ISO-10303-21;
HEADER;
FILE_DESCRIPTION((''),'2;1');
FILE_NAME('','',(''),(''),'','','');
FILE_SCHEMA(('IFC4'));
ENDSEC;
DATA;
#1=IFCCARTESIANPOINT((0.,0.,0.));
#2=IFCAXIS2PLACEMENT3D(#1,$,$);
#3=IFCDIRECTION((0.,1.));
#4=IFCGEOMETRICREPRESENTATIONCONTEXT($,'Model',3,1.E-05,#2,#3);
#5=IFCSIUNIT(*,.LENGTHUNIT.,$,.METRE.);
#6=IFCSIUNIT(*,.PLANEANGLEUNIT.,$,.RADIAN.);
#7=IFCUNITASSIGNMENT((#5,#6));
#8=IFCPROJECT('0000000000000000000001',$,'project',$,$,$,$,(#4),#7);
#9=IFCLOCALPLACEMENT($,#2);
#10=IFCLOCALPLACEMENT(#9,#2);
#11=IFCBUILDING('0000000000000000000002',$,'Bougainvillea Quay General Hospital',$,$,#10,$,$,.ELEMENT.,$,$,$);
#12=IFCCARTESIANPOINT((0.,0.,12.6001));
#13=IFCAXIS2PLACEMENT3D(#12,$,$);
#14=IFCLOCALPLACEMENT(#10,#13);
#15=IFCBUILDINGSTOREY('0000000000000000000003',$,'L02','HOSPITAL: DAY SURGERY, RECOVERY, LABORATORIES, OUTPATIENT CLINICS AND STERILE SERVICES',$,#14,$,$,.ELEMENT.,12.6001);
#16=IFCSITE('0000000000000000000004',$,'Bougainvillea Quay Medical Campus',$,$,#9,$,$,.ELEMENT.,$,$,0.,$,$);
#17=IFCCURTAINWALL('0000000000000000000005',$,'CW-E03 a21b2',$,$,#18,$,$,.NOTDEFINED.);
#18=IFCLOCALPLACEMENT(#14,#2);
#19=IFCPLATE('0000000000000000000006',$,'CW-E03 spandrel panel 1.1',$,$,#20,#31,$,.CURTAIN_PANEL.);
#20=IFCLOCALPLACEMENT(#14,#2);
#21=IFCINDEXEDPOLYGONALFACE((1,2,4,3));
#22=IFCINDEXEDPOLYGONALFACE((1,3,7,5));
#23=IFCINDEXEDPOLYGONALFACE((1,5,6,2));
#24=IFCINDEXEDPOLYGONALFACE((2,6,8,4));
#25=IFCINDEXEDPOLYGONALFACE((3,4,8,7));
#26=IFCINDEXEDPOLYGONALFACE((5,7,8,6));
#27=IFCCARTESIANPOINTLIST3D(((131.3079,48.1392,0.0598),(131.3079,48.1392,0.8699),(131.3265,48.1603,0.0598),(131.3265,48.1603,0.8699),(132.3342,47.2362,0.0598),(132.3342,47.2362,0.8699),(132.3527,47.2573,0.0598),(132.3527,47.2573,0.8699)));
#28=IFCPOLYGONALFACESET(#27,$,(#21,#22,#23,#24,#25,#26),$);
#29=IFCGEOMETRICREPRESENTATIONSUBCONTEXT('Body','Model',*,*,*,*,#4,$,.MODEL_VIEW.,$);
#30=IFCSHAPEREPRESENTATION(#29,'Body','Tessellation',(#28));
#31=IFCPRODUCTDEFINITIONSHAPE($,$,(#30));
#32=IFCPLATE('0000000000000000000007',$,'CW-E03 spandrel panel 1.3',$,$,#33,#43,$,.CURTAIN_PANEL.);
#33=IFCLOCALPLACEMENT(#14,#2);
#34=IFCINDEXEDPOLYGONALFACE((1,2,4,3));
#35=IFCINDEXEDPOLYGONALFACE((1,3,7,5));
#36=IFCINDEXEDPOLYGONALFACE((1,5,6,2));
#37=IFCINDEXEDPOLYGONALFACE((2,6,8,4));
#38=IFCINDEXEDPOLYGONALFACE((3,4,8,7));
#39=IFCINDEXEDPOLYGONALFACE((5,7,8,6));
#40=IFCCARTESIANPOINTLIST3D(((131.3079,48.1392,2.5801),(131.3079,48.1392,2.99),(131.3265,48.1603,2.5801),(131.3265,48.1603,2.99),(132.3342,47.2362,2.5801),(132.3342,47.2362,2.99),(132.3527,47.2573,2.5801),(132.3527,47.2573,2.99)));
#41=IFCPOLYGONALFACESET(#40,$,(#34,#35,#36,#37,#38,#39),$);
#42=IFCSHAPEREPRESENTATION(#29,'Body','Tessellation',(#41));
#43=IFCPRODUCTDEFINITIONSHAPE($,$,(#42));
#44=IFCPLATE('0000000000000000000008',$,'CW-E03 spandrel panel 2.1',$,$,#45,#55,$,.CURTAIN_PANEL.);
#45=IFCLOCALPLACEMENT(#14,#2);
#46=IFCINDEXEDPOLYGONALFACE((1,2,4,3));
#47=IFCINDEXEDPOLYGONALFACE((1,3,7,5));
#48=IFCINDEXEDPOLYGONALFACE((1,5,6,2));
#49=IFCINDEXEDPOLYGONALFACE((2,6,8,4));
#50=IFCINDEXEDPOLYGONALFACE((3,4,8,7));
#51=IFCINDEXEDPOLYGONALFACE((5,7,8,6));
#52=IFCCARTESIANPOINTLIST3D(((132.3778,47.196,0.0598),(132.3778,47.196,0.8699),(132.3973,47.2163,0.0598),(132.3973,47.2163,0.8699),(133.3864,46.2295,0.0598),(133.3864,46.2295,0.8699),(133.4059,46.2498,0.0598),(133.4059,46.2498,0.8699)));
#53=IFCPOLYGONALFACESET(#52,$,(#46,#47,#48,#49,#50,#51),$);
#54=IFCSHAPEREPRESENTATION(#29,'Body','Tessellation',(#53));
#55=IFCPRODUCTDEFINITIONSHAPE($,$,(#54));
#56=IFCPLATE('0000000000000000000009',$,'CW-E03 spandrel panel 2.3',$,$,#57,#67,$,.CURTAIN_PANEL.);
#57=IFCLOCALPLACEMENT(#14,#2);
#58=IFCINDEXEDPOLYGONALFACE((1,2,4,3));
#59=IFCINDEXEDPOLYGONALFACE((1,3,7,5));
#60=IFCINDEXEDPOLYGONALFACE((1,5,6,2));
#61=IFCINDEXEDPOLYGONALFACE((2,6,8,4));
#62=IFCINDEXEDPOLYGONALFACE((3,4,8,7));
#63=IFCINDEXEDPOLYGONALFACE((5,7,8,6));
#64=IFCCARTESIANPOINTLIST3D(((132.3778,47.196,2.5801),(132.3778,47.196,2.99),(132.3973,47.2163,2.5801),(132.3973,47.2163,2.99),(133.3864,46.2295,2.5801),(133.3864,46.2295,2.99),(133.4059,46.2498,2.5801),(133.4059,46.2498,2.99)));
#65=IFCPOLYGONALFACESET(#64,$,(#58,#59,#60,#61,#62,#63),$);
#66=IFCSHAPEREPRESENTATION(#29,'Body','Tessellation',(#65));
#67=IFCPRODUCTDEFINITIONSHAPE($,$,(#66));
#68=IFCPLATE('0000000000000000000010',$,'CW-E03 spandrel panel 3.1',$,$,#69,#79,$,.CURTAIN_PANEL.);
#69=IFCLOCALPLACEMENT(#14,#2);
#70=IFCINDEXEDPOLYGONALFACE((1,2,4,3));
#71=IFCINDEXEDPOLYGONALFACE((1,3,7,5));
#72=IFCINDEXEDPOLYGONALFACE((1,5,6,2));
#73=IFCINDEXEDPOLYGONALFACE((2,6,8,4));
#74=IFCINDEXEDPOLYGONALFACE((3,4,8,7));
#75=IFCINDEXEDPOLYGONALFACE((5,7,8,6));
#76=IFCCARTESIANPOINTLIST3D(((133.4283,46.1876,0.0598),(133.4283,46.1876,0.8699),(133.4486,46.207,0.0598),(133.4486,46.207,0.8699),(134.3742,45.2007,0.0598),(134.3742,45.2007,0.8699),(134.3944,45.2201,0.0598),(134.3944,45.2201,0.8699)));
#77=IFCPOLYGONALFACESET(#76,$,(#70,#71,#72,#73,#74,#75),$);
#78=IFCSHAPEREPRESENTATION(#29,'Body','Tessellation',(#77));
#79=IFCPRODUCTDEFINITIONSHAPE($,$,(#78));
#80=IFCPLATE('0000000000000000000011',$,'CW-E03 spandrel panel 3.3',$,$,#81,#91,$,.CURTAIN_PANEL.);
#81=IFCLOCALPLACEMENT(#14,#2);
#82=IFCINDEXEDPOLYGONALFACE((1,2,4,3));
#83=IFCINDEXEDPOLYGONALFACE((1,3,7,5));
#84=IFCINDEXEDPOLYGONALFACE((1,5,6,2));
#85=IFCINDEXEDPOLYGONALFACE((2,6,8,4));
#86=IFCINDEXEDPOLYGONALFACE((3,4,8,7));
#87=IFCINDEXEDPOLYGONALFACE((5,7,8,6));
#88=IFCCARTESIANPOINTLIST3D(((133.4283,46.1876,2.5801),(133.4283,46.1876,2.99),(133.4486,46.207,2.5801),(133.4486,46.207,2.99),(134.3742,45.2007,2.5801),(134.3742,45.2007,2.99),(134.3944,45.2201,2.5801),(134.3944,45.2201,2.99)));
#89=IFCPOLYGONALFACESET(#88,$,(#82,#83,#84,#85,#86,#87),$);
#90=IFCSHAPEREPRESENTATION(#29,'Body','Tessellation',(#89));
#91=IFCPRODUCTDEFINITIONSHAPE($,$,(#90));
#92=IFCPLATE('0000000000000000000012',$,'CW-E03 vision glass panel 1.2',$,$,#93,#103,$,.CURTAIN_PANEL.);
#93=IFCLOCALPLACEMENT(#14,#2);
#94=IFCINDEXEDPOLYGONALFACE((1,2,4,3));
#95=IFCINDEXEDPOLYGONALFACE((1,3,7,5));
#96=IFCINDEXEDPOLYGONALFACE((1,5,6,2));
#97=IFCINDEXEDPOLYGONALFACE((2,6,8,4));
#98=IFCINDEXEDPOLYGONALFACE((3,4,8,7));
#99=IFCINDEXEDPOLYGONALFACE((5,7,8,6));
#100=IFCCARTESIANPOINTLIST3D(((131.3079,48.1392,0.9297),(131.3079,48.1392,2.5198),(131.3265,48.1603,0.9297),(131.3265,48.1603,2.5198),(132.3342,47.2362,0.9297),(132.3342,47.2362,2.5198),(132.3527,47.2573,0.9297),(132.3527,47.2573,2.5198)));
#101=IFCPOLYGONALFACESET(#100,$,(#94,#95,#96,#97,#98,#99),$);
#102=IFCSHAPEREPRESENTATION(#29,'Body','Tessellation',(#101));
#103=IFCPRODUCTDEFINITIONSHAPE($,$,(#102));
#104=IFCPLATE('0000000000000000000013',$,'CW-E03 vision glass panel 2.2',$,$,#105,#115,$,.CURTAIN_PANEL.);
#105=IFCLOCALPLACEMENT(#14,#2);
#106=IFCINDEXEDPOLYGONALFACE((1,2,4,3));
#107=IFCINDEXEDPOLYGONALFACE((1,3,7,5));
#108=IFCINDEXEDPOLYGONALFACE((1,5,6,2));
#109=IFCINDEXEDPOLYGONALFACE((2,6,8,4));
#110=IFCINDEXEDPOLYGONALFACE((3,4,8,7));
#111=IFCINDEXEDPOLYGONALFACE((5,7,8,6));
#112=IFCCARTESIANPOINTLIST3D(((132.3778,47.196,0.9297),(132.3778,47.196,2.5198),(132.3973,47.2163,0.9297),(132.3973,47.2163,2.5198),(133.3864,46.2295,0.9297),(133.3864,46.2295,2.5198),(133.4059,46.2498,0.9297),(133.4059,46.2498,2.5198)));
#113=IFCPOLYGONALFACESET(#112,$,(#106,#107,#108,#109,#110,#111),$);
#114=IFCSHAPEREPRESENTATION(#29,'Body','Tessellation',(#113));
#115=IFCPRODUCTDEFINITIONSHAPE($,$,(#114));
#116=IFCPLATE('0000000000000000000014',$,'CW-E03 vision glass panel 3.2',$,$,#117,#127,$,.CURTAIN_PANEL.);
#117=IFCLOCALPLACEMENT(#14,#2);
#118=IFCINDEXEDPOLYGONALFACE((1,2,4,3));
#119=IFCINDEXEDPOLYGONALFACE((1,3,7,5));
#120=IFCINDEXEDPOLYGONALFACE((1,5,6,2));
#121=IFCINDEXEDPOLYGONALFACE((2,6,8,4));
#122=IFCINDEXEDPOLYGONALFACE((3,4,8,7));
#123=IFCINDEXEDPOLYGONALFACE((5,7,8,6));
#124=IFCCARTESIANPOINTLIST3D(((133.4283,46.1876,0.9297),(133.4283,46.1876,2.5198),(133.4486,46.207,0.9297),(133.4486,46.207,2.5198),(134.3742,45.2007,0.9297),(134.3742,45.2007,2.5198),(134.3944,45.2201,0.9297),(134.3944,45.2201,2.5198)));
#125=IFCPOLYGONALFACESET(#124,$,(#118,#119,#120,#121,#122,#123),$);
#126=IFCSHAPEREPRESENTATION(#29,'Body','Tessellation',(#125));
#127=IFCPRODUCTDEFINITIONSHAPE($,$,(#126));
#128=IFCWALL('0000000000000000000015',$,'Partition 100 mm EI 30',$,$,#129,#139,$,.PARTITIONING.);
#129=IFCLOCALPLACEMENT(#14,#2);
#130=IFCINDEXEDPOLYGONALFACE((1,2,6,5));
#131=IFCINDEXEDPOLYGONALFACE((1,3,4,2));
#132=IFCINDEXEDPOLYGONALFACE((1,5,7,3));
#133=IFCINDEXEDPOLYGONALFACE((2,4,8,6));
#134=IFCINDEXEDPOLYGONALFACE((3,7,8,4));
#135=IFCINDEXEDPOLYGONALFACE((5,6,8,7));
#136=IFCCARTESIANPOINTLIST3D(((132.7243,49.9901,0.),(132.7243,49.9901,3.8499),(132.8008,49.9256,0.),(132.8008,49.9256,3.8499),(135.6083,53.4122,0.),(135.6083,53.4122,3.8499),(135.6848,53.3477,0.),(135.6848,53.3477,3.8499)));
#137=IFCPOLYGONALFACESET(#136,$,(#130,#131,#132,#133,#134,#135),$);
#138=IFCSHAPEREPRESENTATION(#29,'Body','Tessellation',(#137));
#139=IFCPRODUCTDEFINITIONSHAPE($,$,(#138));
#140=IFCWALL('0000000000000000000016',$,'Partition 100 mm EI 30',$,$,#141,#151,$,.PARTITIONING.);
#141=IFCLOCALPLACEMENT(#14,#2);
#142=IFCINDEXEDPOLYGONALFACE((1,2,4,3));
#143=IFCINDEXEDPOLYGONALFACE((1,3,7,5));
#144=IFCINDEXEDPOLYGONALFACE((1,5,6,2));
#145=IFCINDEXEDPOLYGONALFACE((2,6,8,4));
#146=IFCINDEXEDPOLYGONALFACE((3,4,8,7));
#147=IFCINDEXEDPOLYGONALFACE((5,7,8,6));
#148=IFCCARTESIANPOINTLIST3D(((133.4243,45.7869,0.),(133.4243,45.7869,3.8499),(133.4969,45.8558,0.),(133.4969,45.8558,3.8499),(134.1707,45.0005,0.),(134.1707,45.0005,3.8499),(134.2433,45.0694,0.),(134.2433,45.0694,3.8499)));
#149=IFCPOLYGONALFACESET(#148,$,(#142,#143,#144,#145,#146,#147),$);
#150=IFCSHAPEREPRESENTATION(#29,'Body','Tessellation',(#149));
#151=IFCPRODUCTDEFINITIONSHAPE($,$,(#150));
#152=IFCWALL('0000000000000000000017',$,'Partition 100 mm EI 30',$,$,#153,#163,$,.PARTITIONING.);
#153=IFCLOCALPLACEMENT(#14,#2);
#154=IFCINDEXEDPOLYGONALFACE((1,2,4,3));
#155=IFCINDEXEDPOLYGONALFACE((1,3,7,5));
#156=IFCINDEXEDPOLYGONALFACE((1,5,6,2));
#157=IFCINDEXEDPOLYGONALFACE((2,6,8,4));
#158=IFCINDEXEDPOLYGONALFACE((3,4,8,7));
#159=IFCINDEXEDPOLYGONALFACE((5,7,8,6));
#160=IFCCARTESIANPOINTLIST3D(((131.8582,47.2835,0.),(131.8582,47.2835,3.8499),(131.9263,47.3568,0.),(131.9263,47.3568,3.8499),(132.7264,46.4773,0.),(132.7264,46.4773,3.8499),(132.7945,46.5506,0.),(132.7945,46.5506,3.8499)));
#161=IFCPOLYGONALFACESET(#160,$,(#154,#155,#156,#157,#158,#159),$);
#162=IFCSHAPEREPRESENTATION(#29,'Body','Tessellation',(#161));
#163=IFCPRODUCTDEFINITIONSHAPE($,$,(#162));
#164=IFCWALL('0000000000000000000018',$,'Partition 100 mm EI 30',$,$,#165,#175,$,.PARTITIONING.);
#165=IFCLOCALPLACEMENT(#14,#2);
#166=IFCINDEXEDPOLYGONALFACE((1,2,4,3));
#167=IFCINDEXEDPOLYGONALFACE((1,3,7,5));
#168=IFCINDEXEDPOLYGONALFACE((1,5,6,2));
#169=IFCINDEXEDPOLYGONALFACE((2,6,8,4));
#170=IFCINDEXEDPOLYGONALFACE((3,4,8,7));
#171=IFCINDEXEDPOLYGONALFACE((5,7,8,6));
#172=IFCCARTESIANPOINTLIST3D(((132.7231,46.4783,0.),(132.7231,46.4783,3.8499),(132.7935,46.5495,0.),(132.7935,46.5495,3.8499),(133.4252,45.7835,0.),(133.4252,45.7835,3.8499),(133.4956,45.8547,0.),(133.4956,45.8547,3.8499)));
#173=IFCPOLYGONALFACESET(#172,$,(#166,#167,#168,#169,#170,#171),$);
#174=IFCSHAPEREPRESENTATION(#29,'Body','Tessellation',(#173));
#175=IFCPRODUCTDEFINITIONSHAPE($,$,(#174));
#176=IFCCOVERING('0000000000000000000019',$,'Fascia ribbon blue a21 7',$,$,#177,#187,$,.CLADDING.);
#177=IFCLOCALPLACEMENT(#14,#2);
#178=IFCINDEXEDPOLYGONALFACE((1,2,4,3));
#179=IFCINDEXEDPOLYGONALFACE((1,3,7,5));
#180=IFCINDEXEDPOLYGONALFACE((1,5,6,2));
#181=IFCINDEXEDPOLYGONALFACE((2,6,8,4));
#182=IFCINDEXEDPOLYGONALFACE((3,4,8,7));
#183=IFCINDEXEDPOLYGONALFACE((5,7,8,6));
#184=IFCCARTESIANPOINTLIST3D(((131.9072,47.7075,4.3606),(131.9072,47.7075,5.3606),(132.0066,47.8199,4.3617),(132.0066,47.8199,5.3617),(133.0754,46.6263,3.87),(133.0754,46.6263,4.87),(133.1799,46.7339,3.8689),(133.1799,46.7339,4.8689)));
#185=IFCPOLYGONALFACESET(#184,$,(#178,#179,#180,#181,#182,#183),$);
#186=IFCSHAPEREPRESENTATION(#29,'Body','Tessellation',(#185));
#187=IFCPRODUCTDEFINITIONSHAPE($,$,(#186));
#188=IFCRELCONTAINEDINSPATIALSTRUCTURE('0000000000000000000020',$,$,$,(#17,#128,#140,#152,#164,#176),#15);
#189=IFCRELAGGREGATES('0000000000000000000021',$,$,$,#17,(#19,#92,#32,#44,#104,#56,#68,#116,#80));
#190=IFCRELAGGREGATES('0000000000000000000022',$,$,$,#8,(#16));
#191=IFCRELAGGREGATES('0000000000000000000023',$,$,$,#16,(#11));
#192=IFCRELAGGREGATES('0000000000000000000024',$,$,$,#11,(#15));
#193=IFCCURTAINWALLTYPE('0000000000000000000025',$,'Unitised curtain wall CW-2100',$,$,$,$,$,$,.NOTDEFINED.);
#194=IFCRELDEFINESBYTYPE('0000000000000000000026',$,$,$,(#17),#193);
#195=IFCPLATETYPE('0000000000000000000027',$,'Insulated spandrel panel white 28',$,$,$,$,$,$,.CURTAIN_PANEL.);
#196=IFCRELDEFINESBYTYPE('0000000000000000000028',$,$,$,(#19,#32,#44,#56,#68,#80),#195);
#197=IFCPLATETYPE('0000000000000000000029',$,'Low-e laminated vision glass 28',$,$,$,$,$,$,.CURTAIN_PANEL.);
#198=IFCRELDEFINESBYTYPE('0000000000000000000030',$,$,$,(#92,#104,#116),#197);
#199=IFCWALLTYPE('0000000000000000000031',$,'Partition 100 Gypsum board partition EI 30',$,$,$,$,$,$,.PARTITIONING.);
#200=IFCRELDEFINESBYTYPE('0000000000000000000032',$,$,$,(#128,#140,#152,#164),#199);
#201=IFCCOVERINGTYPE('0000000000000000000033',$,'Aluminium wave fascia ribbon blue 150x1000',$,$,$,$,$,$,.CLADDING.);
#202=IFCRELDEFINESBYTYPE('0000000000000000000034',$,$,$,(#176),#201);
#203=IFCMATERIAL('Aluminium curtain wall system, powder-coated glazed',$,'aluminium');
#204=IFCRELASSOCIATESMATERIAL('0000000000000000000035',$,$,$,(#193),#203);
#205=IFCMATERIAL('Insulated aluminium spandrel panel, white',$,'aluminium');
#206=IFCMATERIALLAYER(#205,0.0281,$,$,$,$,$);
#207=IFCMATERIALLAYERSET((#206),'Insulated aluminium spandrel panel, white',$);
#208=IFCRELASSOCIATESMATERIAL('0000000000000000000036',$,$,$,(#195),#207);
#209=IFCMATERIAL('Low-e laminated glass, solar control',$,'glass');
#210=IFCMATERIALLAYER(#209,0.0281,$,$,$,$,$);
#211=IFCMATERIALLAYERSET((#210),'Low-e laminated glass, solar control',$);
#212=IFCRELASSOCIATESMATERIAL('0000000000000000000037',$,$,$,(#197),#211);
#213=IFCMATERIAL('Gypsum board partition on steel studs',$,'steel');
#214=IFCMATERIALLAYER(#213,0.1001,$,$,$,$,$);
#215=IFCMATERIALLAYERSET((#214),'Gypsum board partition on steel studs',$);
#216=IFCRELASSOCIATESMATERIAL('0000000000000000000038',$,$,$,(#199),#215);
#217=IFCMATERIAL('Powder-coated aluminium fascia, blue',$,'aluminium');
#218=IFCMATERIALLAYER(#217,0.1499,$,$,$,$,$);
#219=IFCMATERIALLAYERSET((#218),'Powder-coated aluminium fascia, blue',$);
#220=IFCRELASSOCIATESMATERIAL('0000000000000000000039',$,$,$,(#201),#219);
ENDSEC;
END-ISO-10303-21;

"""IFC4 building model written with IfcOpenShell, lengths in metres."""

from ifc_helpers import new_model, si_unit, direction, frame, frame_2d, origin, origin_2d, place, context, subcontext, project, spatial, polyline, rectangle, outline, extrude, material, layer, layer_set, type_object, element, aggregate, save


model = new_model("IFC4")

# Units and contexts
model_context = context("Model", 3, precision=1e-05, world=origin(), true_north=direction((0.0, 1.0)))
body_context = subcontext(model_context, "Body", "Model", "MODEL_VIEW")
ifc_project = project(units=[si_unit("LENGTHUNIT", "METRE"), si_unit("PLANEANGLEUNIT", "RADIAN")], contexts=[model_context])

# Site, building, storey
site_placement = place(None, origin())
site = spatial("IfcSite", under=ifc_project, at=site_placement, Name="Bougainvillea Quay Medical Campus", CompositionType="ELEMENT", RefElevation=0.0)
building_placement = place(site_placement, origin())
building = spatial("IfcBuilding", under=site, at=building_placement, Name="Bougainvillea Quay General Hospital", CompositionType="ELEMENT")
storey_placement = place(building_placement, frame((0.0, 0.0, 12.6001)))
storey = spatial("IfcBuildingStorey", under=building, at=storey_placement, Name="L02", Description="HOSPITAL: DAY SURGERY, RECOVERY, LABORATORIES, OUTPATIENT CLINICS AND STERILE SERVICES", CompositionType="ELEMENT", Elevation=12.6001)

# Curtain wall, plates
ifc_material_1 = material(Name="Aluminium curtain wall system, powder-coated glazed", Category="aluminium")
curtain_wall_type = type_object("IfcCurtainWallType", Name="Unitised curtain wall CW-2100", PredefinedType="NOTDEFINED", material=ifc_material_1)
curtain_wall_placement = place(storey_placement, origin())
curtain_wall = element("IfcCurtainWall", 1, at=curtain_wall_placement, inside=storey, type_object=curtain_wall_type, Name="CW-E03 a21b2", PredefinedType="NOTDEFINED")
ifc_material_2 = material(Name="Insulated aluminium spandrel panel, white", Category="aluminium")
ifc_layer_1 = layer(ifc_material_2, 0.0281)
ifc_layer_set_1 = layer_set([ifc_layer_1], Name="Insulated aluminium spandrel panel, white")
plate_type_1 = type_object("IfcPlateType", Name="Insulated spandrel panel white 28", PredefinedType="CURTAIN_PANEL", material=ifc_layer_set_1)
plate_1_placement = place(storey_placement, frame((131.8303, 47.6982, 0.0598), z_axis=(0.0, 0.0, 1.0), x_axis=(0.750772, -0.660561, 0.0)))
plate_1 = element("IfcPlate", 2, at=plate_1_placement, type_object=plate_type_1, Name="CW-E03 spandrel panel 1.1", PredefinedType="CURTAIN_PANEL", context=body_context, shape_type="SweptSolid", body=[
    extrude(rectangle(XDim=1.3669, YDim=0.0281, at=origin_2d()), origin(), (0.0, 0.0, 1.0), 0.8101),
])
plate_2_placement = place(storey_placement, frame((131.8303, 47.6982, 2.5801), z_axis=(0.0, 0.0, 1.0), x_axis=(0.750772, -0.660561, 0.0)))
plate_2 = element("IfcPlate", 3, at=plate_2_placement, type_object=plate_type_1, Name="CW-E03 spandrel panel 1.3", PredefinedType="CURTAIN_PANEL", context=body_context, shape_type="SweptSolid", body=[
    extrude(rectangle(XDim=1.3669, YDim=0.0281, at=origin_2d()), origin(), (0.0, 0.0, 1.0), 0.4099),
])
plate_3_placement = place(storey_placement, frame((132.8918, 46.7229, 0.0598), z_axis=(0.0, 0.0, 1.0), x_axis=(0.722002, -0.691891, 0.0)))
plate_3 = element("IfcPlate", 4, at=plate_3_placement, type_object=plate_type_1, Name="CW-E03 spandrel panel 2.1", PredefinedType="CURTAIN_PANEL", context=body_context, shape_type="SweptSolid", body=[
    extrude(rectangle(XDim=1.397, YDim=0.0281, at=origin_2d()), origin(), (0.0, 0.0, 1.0), 0.8101),
])
plate_4_placement = place(storey_placement, frame((132.8918, 46.7229, 2.5801), z_axis=(0.0, 0.0, 1.0), x_axis=(0.722002, -0.691891, 0.0)))
plate_4 = element("IfcPlate", 5, at=plate_4_placement, type_object=plate_type_1, Name="CW-E03 spandrel panel 2.3", PredefinedType="CURTAIN_PANEL", context=body_context, shape_type="SweptSolid", body=[
    extrude(rectangle(XDim=1.397, YDim=0.0281, at=origin_2d()), origin(), (0.0, 0.0, 1.0), 0.4099),
])
plate_5_placement = place(storey_placement, frame((133.9114, 45.7039, 0.0598), z_axis=(0.0, 0.0, 1.0), x_axis=(0.691925, -0.72197, 0.0)))
plate_5 = element("IfcPlate", 6, at=plate_5_placement, type_object=plate_type_1, Name="CW-E03 spandrel panel 3.1", PredefinedType="CURTAIN_PANEL", context=body_context, shape_type="SweptSolid", body=[
    extrude(rectangle(XDim=1.3669, YDim=0.0281, at=origin_2d()), origin(), (0.0, 0.0, 1.0), 0.8101),
])
plate_6_placement = place(storey_placement, frame((133.9114, 45.7039, 2.5801), z_axis=(0.0, 0.0, 1.0), x_axis=(0.691925, -0.72197, 0.0)))
plate_6 = element("IfcPlate", 7, at=plate_6_placement, type_object=plate_type_1, Name="CW-E03 spandrel panel 3.3", PredefinedType="CURTAIN_PANEL", context=body_context, shape_type="SweptSolid", body=[
    extrude(rectangle(XDim=1.3669, YDim=0.0281, at=origin_2d()), origin(), (0.0, 0.0, 1.0), 0.4099),
])
ifc_material_3 = material(Name="Low-e laminated glass, solar control", Category="glass")
ifc_layer_2 = layer(ifc_material_3, 0.0281)
ifc_layer_set_2 = layer_set([ifc_layer_2], Name="Low-e laminated glass, solar control")
plate_type_2 = type_object("IfcPlateType", Name="Low-e laminated vision glass 28", PredefinedType="CURTAIN_PANEL", material=ifc_layer_set_2)
plate_7_placement = place(storey_placement, frame((131.8303, 47.6982, 0.9297), z_axis=(0.0, 0.0, 1.0), x_axis=(0.750772, -0.660561, 0.0)))
plate_7 = element("IfcPlate", 8, at=plate_7_placement, type_object=plate_type_2, Name="CW-E03 vision glass panel 1.2", PredefinedType="CURTAIN_PANEL", context=body_context, shape_type="SweptSolid", body=[
    extrude(rectangle(XDim=1.3669, YDim=0.0281, at=origin_2d()), origin(), (0.0, 0.0, 1.0), 1.5901),
])
plate_8_placement = place(storey_placement, frame((132.8918, 46.7229, 0.9297), z_axis=(0.0, 0.0, 1.0), x_axis=(0.722002, -0.691891, 0.0)))
plate_8 = element("IfcPlate", 9, at=plate_8_placement, type_object=plate_type_2, Name="CW-E03 vision glass panel 2.2", PredefinedType="CURTAIN_PANEL", context=body_context, shape_type="SweptSolid", body=[
    extrude(rectangle(XDim=1.397, YDim=0.0281, at=origin_2d()), origin(), (0.0, 0.0, 1.0), 1.5901),
])
plate_9_placement = place(storey_placement, frame((133.9114, 45.7039, 0.9297), z_axis=(0.0, 0.0, 1.0), x_axis=(0.691925, -0.72197, 0.0)))
plate_9 = element("IfcPlate", 10, at=plate_9_placement, type_object=plate_type_2, Name="CW-E03 vision glass panel 3.2", PredefinedType="CURTAIN_PANEL", context=body_context, shape_type="SweptSolid", body=[
    extrude(rectangle(XDim=1.3669, YDim=0.0281, at=origin_2d()), origin(), (0.0, 0.0, 1.0), 1.5901),
])
aggregate(curtain_wall, [plate_1, plate_7, plate_2, plate_3, plate_8, plate_4, plate_5, plate_9, plate_6])

# Walls
ifc_material_4 = material(Name="Gypsum board partition on steel studs", Category="steel")
ifc_layer_3 = layer(ifc_material_4, 0.1001)
ifc_layer_set_3 = layer_set([ifc_layer_3], Name="Gypsum board partition on steel studs")
wall_type = type_object("IfcWallType", Name="Partition 100 Gypsum board partition EI 30", PredefinedType="PARTITIONING", material=ifc_layer_set_3)
wall_1_placement = place(storey_placement, frame((132.7625, 49.9578, 0.0), z_axis=(0.0, 0.0, 1.0), x_axis=(0.64443, 0.764664, 0.0)))
element("IfcWall", 11, at=wall_1_placement, inside=storey, type_object=wall_type, Name="Partition 100 mm EI 30", PredefinedType="PARTITIONING", context=body_context, shape_type="SweptSolid", body=[
    extrude(rectangle(XDim=4.4753, YDim=0.1001, at=frame_2d((2.2378, 0.0))), origin(), (0.0, 0.0, 1.0), 3.8499),
])
wall_2_placement = place(storey_placement, frame((133.4607, 45.8213, 0.0), z_axis=(0.0, 0.0, 1.0), x_axis=(0.6884, -0.725331, 0.0)))
element("IfcWall", 12, at=wall_2_placement, inside=storey, type_object=wall_type, Name="Partition 100 mm EI 30", PredefinedType="PARTITIONING", context=body_context, shape_type="SweptSolid", body=[
    extrude(rectangle(XDim=1.0842, YDim=0.1001, at=frame_2d((0.542, 0.0))), origin(), (0.0, 0.0, 1.0), 3.8499),
])
wall_3_placement = place(storey_placement, frame((131.8923, 47.3201, 0.0), z_axis=(0.0, 0.0, 1.0), x_axis=(0.732793, -0.680451, 0.0)))
element("IfcWall", 13, at=wall_3_placement, inside=storey, type_object=wall_type, Name="Partition 100 mm EI 30", PredefinedType="PARTITIONING", context=body_context, shape_type="SweptSolid", body=[
    extrude(rectangle(XDim=1.1848, YDim=0.1001, at=frame_2d((0.5923, 0.0))), origin(), (0.0, 0.0, 1.0), 3.8499),
])
wall_4_placement = place(storey_placement, frame((132.7583, 46.5139, 0.0), z_axis=(0.0, 0.0, 1.0), x_axis=(0.710804, -0.70339, 0.0)))
element("IfcWall", 14, at=wall_4_placement, inside=storey, type_object=wall_type, Name="Partition 100 mm EI 30", PredefinedType="PARTITIONING", context=body_context, shape_type="SweptSolid", body=[
    extrude(rectangle(XDim=0.9878, YDim=0.1001, at=frame_2d((0.4939, 0.0))), origin(), (0.0, 0.0, 1.0), 3.8499),
])

# Covering
ifc_material_5 = material(Name="Powder-coated aluminium fascia, blue", Category="aluminium")
ifc_layer_4 = layer(ifc_material_5, 0.1499)
ifc_layer_set_4 = layer_set([ifc_layer_4], Name="Powder-coated aluminium fascia, blue")
covering_type = type_object("IfcCoveringType", Name="Aluminium wave fascia ribbon blue 150x1000", PredefinedType="CLADDING", material=ifc_layer_set_4)
covering_1_placement = place(storey_placement, frame((131.9072, 47.7075, 4.3606), z_axis=(0.216038, -0.200213, 0.955637), x_axis=(0.701323, -0.649145, -0.294546)))
element("IfcCovering", 15, at=covering_1_placement, inside=storey, type_object=covering_type, Name="Fascia ribbon blue a21 7", PredefinedType="CLADDING", context=body_context, shape_type="SweptSolid", body=[
    extrude(outline(polyline([(0.0, 0.0), (1.6657, 0.0), (1.6694, 0.15), (-0.0036, 0.1499), (0.0, 0.0)])), origin(), (-0.294546, 0.000174, 0.955637), 1.0),
])

save(model, "model.ifc")
